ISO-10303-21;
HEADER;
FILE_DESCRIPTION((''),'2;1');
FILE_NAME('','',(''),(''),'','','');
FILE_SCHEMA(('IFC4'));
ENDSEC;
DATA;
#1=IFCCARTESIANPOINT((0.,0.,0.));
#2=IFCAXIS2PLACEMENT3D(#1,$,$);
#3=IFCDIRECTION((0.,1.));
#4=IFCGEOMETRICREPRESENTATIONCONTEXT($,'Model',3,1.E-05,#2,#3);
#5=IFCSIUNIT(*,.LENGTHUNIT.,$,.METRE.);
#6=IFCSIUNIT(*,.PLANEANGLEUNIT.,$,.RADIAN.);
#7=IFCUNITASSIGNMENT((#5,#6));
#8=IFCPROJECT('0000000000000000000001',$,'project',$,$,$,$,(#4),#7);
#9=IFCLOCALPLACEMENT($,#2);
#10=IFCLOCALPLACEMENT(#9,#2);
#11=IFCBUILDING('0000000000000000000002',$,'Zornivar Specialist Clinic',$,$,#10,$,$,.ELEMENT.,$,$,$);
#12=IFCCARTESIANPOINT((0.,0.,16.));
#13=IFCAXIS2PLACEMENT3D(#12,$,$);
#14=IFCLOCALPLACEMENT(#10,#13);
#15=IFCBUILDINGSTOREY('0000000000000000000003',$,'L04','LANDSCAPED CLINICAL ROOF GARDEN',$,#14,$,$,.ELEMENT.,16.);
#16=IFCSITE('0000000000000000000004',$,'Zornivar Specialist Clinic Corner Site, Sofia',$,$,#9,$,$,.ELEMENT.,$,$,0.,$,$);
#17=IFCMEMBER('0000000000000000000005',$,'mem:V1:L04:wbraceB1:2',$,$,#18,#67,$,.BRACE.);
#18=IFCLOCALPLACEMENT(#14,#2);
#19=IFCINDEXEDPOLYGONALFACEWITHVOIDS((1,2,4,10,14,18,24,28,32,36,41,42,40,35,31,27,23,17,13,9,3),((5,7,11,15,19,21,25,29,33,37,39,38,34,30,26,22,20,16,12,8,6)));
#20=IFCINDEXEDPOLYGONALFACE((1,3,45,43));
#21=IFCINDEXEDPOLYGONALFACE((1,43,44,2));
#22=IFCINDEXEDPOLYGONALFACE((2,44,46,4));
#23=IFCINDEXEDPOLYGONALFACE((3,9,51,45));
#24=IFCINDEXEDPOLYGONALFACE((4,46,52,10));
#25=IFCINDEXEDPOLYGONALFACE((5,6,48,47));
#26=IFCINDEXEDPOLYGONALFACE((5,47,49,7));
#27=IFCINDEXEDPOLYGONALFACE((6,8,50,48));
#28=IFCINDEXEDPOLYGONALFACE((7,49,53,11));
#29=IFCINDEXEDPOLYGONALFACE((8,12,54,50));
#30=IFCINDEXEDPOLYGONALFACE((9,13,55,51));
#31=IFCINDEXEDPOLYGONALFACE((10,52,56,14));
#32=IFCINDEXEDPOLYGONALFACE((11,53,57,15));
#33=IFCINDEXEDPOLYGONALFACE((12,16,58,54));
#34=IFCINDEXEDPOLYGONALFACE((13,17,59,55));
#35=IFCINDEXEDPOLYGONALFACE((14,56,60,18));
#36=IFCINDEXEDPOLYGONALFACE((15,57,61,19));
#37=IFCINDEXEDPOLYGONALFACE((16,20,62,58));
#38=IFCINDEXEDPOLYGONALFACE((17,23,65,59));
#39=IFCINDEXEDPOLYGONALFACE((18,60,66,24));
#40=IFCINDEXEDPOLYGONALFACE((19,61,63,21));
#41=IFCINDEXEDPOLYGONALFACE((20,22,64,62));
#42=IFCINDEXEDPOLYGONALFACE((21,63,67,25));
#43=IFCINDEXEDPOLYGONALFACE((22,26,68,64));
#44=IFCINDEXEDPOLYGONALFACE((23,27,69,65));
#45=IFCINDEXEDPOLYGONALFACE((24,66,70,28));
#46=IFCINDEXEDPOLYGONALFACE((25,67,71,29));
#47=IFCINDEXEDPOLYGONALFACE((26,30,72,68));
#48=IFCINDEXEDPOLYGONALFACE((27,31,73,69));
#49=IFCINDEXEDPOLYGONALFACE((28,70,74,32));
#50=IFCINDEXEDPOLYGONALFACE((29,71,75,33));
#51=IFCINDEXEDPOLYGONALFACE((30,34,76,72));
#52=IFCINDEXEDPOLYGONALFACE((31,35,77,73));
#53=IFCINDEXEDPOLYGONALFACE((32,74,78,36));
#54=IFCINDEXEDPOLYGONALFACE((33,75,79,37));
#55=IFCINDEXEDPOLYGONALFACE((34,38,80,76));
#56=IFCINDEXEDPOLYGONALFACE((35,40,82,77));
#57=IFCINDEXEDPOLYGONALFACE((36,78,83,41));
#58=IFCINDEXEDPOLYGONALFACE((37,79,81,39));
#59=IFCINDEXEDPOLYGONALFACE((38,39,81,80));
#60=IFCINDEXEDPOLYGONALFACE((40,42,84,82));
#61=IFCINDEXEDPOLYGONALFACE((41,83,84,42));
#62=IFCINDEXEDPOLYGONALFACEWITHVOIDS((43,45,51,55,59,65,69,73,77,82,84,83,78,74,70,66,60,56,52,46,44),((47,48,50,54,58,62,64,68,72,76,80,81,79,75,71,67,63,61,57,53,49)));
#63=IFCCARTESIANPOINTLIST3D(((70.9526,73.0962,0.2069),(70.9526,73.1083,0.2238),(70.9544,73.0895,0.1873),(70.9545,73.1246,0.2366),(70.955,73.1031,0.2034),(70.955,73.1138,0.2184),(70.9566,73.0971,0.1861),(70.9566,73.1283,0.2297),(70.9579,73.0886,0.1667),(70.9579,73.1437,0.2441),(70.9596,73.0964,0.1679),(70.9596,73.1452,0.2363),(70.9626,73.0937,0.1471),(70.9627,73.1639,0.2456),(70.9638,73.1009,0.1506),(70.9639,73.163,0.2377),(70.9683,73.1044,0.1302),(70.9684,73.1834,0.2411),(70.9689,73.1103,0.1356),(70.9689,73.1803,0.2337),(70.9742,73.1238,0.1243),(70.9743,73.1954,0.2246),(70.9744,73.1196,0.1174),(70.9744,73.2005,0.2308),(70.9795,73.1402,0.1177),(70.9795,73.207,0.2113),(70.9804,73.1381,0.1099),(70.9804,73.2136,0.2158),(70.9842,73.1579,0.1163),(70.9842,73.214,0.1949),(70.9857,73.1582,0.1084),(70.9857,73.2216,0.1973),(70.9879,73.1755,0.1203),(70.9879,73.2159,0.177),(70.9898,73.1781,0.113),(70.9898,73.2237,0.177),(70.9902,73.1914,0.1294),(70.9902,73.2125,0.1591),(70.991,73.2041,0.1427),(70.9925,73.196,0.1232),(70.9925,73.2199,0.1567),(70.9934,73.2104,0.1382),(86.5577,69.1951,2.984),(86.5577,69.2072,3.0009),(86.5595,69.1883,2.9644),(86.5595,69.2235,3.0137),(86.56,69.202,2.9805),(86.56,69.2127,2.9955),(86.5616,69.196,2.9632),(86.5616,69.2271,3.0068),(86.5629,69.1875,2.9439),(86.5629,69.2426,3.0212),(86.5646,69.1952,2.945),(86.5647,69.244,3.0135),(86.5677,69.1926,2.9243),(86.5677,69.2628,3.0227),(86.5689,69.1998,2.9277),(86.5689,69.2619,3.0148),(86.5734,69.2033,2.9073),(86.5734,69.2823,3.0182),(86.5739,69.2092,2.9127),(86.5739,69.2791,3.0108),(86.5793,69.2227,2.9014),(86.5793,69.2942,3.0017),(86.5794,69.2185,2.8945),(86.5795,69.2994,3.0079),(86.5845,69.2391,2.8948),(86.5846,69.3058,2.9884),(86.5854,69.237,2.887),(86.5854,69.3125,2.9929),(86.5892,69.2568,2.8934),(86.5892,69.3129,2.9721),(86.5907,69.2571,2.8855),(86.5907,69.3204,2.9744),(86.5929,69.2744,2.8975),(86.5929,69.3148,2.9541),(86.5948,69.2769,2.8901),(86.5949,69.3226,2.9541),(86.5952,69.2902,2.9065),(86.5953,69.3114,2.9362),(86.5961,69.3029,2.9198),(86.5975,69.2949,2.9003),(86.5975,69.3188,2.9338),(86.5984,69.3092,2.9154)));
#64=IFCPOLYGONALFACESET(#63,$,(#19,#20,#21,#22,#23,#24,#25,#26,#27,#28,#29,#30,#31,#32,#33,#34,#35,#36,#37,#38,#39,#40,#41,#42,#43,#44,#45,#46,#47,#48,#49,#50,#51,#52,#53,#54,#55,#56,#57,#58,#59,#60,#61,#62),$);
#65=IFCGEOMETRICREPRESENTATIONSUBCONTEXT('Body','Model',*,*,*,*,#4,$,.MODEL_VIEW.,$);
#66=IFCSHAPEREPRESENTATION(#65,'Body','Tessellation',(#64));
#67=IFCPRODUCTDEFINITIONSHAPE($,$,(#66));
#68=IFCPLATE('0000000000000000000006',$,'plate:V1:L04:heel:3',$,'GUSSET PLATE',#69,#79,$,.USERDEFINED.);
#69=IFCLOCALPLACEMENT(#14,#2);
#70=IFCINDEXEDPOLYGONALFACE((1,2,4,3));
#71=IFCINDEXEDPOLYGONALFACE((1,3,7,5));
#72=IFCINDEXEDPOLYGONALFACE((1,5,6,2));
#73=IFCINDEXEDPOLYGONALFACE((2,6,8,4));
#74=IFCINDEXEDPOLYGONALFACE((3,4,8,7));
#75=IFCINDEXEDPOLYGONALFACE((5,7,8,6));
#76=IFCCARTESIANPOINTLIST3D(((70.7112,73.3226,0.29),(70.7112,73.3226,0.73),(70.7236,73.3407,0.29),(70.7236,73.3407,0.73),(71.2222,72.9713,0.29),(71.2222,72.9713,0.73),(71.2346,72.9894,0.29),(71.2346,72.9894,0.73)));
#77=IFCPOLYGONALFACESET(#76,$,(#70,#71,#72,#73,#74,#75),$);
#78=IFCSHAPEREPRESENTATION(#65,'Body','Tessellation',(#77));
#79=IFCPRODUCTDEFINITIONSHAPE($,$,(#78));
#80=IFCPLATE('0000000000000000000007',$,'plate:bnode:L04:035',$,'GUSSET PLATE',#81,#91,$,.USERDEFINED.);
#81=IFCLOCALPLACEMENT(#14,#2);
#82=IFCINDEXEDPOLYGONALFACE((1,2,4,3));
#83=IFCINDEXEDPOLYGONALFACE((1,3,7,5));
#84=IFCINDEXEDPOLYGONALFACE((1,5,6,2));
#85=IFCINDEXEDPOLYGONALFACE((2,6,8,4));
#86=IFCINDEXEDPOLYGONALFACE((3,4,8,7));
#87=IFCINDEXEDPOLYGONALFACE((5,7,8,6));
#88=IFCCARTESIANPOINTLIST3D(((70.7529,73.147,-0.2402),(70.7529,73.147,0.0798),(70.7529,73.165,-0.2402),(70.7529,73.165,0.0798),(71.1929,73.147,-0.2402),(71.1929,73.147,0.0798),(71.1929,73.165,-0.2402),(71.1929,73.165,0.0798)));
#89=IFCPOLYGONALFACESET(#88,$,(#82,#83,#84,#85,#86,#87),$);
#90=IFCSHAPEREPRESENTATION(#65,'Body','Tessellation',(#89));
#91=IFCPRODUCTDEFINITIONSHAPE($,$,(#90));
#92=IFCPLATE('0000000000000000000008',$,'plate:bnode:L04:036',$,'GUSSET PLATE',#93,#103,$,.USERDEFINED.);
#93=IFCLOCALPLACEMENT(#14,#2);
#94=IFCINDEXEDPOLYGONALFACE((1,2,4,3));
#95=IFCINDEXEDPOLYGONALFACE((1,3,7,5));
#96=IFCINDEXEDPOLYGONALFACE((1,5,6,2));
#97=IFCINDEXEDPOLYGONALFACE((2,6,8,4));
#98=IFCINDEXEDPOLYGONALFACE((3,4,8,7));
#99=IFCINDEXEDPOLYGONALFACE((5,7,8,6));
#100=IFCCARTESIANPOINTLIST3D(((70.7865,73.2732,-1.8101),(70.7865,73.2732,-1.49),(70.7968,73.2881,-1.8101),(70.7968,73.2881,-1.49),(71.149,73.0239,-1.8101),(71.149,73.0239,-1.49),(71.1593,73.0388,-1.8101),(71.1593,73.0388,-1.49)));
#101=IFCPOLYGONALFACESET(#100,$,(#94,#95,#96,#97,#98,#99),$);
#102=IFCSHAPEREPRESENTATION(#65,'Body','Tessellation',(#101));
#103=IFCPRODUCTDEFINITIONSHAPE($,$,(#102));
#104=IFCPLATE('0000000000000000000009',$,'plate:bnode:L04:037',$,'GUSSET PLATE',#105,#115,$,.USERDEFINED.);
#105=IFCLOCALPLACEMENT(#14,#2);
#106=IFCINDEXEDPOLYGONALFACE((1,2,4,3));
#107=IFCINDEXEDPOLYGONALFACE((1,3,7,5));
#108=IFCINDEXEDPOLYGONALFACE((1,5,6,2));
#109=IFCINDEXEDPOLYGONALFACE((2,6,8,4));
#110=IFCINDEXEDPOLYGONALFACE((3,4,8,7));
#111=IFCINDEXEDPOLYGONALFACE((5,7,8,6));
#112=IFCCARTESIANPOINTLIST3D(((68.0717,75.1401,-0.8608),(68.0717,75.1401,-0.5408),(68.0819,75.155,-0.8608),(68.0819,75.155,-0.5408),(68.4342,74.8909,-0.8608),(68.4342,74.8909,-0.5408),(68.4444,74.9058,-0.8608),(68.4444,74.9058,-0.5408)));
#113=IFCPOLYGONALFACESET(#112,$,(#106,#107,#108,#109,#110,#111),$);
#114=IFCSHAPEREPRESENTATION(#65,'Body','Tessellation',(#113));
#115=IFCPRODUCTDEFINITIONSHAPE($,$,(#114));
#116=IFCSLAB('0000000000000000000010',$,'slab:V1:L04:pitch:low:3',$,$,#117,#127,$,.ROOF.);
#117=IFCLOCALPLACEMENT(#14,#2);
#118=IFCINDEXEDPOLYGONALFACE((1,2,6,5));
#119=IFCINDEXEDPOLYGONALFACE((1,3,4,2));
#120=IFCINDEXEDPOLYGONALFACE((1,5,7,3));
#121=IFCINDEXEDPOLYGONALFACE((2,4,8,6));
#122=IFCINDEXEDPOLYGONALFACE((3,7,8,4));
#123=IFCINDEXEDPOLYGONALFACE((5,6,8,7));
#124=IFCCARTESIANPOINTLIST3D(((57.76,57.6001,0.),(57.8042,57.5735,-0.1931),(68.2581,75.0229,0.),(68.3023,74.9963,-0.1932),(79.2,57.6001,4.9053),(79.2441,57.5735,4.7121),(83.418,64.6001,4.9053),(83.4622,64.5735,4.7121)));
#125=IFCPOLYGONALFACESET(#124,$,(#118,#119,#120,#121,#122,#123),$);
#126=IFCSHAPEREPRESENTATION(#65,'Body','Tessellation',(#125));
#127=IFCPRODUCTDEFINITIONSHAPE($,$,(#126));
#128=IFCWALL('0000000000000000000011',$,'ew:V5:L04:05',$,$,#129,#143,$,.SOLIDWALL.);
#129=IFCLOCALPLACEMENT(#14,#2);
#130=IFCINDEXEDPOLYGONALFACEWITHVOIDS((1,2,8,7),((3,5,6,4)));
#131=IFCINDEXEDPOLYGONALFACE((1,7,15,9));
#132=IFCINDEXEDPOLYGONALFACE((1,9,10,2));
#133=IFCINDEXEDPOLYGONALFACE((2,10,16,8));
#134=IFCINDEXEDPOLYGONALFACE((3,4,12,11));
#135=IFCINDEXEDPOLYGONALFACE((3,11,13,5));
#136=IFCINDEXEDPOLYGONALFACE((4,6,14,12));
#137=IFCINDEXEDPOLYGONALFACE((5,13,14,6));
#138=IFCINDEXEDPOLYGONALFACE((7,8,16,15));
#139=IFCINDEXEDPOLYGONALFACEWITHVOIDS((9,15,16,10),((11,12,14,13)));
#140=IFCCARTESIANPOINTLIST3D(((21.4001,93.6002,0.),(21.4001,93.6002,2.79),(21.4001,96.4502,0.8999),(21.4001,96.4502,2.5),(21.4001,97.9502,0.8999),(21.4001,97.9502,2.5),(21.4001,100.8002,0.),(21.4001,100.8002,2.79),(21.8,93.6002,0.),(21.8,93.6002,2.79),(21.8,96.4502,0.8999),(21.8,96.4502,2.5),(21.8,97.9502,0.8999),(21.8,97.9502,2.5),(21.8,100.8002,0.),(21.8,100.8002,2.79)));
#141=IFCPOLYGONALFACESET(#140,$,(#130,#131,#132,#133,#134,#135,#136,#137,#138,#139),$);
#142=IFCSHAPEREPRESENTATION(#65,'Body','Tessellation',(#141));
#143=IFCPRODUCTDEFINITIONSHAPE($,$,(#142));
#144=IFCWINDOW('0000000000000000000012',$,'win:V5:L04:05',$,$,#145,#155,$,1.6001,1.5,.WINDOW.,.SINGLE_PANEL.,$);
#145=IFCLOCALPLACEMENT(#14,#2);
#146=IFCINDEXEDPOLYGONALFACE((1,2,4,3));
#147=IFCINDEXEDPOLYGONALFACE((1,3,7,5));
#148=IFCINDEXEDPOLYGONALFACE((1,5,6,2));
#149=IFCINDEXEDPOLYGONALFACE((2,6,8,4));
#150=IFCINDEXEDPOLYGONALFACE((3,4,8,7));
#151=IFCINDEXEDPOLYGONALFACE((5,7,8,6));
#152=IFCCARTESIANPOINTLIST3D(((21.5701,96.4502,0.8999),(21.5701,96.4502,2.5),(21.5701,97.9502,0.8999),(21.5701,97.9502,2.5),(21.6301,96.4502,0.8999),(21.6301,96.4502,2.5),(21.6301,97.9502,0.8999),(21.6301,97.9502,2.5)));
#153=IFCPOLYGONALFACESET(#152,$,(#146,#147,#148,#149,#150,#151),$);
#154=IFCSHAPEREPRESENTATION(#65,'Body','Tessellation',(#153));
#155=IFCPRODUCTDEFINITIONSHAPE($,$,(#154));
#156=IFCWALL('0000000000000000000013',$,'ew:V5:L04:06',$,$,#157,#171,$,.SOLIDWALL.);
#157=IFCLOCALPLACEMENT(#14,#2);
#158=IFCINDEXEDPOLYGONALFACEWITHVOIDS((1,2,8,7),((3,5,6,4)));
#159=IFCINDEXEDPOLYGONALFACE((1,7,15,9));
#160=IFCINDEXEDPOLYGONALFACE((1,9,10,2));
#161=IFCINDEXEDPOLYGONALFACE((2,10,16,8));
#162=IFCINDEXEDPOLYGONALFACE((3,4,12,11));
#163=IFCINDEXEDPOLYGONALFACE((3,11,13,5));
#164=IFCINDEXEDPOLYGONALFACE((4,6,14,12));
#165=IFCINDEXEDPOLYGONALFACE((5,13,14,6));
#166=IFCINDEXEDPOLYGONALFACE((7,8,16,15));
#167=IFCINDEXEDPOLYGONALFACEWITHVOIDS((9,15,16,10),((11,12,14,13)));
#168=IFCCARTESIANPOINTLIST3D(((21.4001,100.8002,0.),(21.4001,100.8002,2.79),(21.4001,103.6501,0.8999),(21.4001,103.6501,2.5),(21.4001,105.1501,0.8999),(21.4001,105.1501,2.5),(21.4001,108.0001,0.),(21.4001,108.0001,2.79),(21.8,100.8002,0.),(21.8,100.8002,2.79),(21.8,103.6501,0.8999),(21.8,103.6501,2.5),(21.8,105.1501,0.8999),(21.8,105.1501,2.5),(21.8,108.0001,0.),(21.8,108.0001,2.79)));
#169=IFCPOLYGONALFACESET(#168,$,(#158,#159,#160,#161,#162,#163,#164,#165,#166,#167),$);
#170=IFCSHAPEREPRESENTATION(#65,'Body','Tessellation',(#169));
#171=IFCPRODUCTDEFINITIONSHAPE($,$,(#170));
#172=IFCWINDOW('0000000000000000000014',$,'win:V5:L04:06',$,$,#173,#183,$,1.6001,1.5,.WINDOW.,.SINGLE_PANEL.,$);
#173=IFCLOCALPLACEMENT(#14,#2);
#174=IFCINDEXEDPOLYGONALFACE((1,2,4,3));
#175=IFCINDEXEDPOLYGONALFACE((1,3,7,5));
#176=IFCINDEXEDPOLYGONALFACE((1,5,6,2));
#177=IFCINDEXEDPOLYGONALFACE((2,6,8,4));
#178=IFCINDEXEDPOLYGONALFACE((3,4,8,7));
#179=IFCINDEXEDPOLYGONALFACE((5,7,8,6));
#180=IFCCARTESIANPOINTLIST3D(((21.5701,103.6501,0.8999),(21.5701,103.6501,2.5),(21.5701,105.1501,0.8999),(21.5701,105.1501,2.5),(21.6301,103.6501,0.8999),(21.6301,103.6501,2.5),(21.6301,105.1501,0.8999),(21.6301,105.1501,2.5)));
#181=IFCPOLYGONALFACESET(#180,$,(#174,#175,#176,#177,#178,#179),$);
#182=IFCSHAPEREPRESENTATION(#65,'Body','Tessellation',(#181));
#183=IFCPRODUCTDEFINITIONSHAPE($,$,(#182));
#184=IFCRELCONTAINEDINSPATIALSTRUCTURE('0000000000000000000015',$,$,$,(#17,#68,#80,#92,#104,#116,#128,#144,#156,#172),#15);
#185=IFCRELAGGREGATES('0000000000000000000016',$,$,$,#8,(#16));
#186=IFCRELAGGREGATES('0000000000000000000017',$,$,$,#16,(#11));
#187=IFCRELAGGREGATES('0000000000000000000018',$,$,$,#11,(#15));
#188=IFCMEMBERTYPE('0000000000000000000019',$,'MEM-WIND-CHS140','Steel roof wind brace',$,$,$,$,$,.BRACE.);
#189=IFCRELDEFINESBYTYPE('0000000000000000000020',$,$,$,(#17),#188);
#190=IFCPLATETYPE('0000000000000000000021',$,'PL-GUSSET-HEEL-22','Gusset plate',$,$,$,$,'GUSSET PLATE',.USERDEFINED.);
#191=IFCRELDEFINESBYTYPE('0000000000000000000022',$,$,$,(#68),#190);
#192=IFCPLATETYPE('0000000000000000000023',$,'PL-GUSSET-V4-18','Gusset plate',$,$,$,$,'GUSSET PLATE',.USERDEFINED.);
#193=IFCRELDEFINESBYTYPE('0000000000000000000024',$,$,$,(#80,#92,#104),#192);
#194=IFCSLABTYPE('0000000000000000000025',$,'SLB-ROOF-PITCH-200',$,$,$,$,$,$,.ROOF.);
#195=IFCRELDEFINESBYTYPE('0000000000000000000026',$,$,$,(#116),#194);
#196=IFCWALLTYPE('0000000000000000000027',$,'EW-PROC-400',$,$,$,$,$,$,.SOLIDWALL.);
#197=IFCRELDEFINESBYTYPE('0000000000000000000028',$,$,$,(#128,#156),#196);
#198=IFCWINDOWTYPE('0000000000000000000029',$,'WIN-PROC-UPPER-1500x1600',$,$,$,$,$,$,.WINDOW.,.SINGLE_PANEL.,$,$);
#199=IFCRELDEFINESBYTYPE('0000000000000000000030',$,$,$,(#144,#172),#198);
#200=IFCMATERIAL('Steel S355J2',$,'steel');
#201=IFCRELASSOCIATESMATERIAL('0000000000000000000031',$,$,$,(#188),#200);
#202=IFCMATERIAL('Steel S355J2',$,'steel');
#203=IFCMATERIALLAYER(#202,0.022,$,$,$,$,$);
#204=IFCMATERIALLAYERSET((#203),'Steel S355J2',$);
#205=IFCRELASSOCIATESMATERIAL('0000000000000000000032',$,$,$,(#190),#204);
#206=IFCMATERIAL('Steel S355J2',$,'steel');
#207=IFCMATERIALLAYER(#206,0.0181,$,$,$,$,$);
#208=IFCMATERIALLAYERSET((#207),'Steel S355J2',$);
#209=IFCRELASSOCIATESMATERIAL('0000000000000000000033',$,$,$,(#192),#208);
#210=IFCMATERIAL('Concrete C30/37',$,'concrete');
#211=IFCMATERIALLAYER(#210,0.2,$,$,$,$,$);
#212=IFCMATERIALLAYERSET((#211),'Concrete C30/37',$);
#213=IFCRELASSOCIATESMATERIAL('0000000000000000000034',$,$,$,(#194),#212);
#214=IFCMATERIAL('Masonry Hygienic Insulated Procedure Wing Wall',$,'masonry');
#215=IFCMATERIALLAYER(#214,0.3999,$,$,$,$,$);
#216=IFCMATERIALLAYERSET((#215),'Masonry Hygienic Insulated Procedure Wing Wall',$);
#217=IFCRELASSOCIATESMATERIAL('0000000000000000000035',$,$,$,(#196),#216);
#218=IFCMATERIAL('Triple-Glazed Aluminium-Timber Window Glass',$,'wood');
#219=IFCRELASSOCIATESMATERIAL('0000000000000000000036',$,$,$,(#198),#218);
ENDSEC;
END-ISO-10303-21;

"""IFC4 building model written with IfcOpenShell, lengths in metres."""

from ifc_helpers import new_model, si_unit, direction, frame, frame_2d, origin, origin_2d, place, context, subcontext, project, spatial, polyline, rectangle, hollow_circle, outline, extrude, material, layer, layer_set, material_profile, profile_set, type_object, element, fill, save


model = new_model("IFC4")

# Units and contexts
model_context = context("Model", 3, precision=1e-05, world=origin(), true_north=direction((0.0, 1.0)))
body_context = subcontext(model_context, "Body", "Model", "MODEL_VIEW")
ifc_project = project(units=[si_unit("LENGTHUNIT", "METRE"), si_unit("PLANEANGLEUNIT", "RADIAN")], contexts=[model_context])

# Site, building, storey
site_placement = place(None, origin())
site = spatial("IfcSite", under=ifc_project, at=site_placement, Name="Zornivar Specialist Clinic Corner Site, Sofia", CompositionType="ELEMENT", RefElevation=0.0)
building_placement = place(site_placement, origin())
building = spatial("IfcBuilding", under=site, at=building_placement, Name="Zornivar Specialist Clinic", CompositionType="ELEMENT")
storey_placement = place(building_placement, frame((0.0, 0.0, 16.0)))
storey = spatial("IfcBuildingStorey", under=building, at=storey_placement, Name="L04", Description="LANDSCAPED CLINICAL ROOF GARDEN", CompositionType="ELEMENT", Elevation=16.0)

# Member
ifc_material_1 = material(Name="Steel S355J2", Category="steel")
ifc_material_profile_1 = material_profile(ifc_material_1, hollow_circle(Radius=0.0698, WallThickness=0.0081, at=origin_2d()), Name="CHS 139.7x8")
ifc_profile_set_1 = profile_set([ifc_material_profile_1], Name="Steel S355J2")
member_type_1 = type_object("IfcMemberType", Name="MEM-WIND-CHS140", Description="Steel roof wind brace", PredefinedType="BRACE", material=ifc_profile_set_1)
member_1_placement = place(storey_placement, frame((70.9729, 73.156, 0.177), z_axis=(0.956001, -0.238993, 0.170132), x_axis=(0.242528, 0.970144, 0.0)))
element("IfcMember", 1, at=member_1_placement, inside=storey, type_object=member_type_1, Name="mem:V1:L04:wbraceB1:2", PredefinedType="BRACE", context=body_context, shape_type="SweptSolid", body=[
    extrude(hollow_circle(Radius=0.0698, WallThickness=0.0081, at=origin_2d()), origin(), (0.0, 0.0, 1.0), 16.3232),
])

# Plates
ifc_material_2 = material(Name="Steel S355J2", Category="steel")
ifc_layer_1 = layer(ifc_material_2, 0.022)
ifc_layer_set_1 = layer_set([ifc_layer_1], Name="Steel S355J2")
plate_type_1 = type_object("IfcPlateType", Name="PL-GUSSET-HEEL-22", Description="Gusset plate", ElementType="GUSSET PLATE", PredefinedType="USERDEFINED", material=ifc_layer_set_1)
plate_placement = place(storey_placement, frame((70.9729, 73.156, 0.29), z_axis=(0.0, 0.0, 1.0), x_axis=(-0.824043, 0.566527, 0.0)))
element("IfcPlate", 2, at=plate_placement, inside=storey, type_object=plate_type_1, Name="plate:V1:L04:heel:3", ObjectType="GUSSET PLATE", PredefinedType="USERDEFINED", context=body_context, shape_type="SweptSolid", body=[
    extrude(rectangle(XDim=0.6201, YDim=0.022, at=origin_2d()), origin(), (0.0, 0.0, 1.0), 0.4399),
])
ifc_material_3 = material(Name="Steel S355J2", Category="steel")
ifc_layer_2 = layer(ifc_material_3, 0.0181)
ifc_layer_set_2 = layer_set([ifc_layer_2], Name="Steel S355J2")
plate_type_2 = type_object("IfcPlateType", Name="PL-GUSSET-V4-18", Description="Gusset plate", ElementType="GUSSET PLATE", PredefinedType="USERDEFINED", material=ifc_layer_set_2)
for number, where, z_axis, x_axis, name in (
    (3, (70.9729, 73.156, -0.2402), (0.0, 0.0, 1.0), (1.0, 0.0, 0.0), "plate:bnode:L04:035"),
    (4, (70.9729, 73.156, -1.8101), (0.0, 0.0, 1.0), (-0.824027, 0.56655, 0.0), "plate:bnode:L04:036"),
    (5, (68.2581, 75.0229, -0.8608), (0.0, 0.0, 1.0), (-0.824027, 0.56655, 0.0), "plate:bnode:L04:037"),
):
    element("IfcPlate", number, at=place(storey_placement, frame(where, z_axis=z_axis, x_axis=x_axis)), inside=storey, type_object=plate_type_2, Name=name, ObjectType="GUSSET PLATE", PredefinedType="USERDEFINED", context=body_context, shape_type="SweptSolid", body=[
        extrude(rectangle(XDim=0.4399, YDim=0.0181, at=origin_2d()), origin(), (0.0, 0.0, 1.0), 0.3201),
    ])

# Slab
ifc_material_4 = material(Name="Concrete C30/37", Category="concrete")
ifc_layer_3 = layer(ifc_material_4, 0.2)
ifc_layer_set_3 = layer_set([ifc_layer_3], Name="Concrete C30/37")
slab_type = type_object("IfcSlabType", Name="SLB-ROOF-PITCH-200", PredefinedType="ROOF", material=ifc_layer_set_3)
slab_placement = place(storey_placement, frame((68.2581, 75.0229, 0.0), z_axis=(-0.22104, 0.133188, 0.966127), x_axis=(-0.516098, -0.85653, 0.000002)))
element("IfcSlab", 6, at=slab_placement, inside=storey, type_object=slab_type, Name="slab:V1:L04:pitch:low:3", PredefinedType="ROOF", context=body_context, shape_type="SweptSolid", body=[
    extrude(outline(polyline([(0.0, 0.0), (20.3412, 0.0), (9.2761, 19.0078), (1.1035, 19.008), (0.0, 0.0)])), origin(), (0.0, 0.0, -1.0), 0.2),
])

# Walls, openings, windows
ifc_material_5 = material(Name="Masonry Hygienic Insulated Procedure Wing Wall", Category="masonry")
ifc_layer_4 = layer(ifc_material_5, 0.3999)
ifc_layer_set_4 = layer_set([ifc_layer_4], Name="Masonry Hygienic Insulated Procedure Wing Wall")
wall_type = type_object("IfcWallType", Name="EW-PROC-400", PredefinedType="SOLIDWALL", material=ifc_layer_set_4)
wall_1_placement = place(storey_placement, frame((21.6001, 93.6001, 0.0), z_axis=(0.0, 0.0, 1.0), x_axis=(0.0, 1.0, 0.0)))
wall_1 = element("IfcWall", 7, at=wall_1_placement, inside=storey, type_object=wall_type, Name="ew:V5:L04:05", PredefinedType="SOLIDWALL", context=body_context, shape_type="SweptSolid", body=[
    extrude(rectangle(XDim=7.2, YDim=0.3999, at=frame_2d((3.6001, 0.0))), origin(), (0.0, 0.0, 1.0), 2.79),
])
opening_1_placement = place(wall_1_placement, frame((2.8501, 0.0, 0.8999)))
opening_1 = element("IfcOpeningElement", 8, at=opening_1_placement, cuts=wall_1, PredefinedType="OPENING", context=body_context, shape_type="SweptSolid", body=[
    extrude(rectangle(XDim=1.5, YDim=1.6001, at=frame_2d((0.75, 0.8))), frame((0.0, 0.21, 0.0), z_axis=(0.0, -1.0, 0.0), x_axis=(1.0, 0.0, 0.0)), (0.0, 0.0, 1.0), 0.4199),
])
ifc_material_6 = material(Name="Triple-Glazed Aluminium-Timber Window Glass", Category="wood")
window_type = type_object("IfcWindowType", Name="WIN-PROC-UPPER-1500x1600", PartitioningType="SINGLE_PANEL", PredefinedType="WINDOW", material=ifc_material_6)
window_1_placement = place(opening_1_placement, origin())
window_1 = element("IfcWindow", 9, at=window_1_placement, inside=storey, type_object=window_type, Name="win:V5:L04:05", OverallHeight=1.6001, OverallWidth=1.5, PartitioningType="SINGLE_PANEL", PredefinedType="WINDOW", context=body_context, shape_type="SweptSolid", body=[
    extrude(rectangle(XDim=1.5, YDim=1.6001, at=frame_2d((0.75, 0.8))), frame((0.0, 0.03, 0.0), z_axis=(0.0, -1.0, 0.0), x_axis=(1.0, 0.0, 0.0)), (0.0, 0.0, 1.0), 0.0601),
])
fill(opening_1, window_1)
wall_2_placement = place(storey_placement, frame((21.6001, 100.8, 0.0), z_axis=(0.0, 0.0, 1.0), x_axis=(0.0, 1.0, 0.0)))
wall_2 = element("IfcWall", 10, at=wall_2_placement, inside=storey, type_object=wall_type, Name="ew:V5:L04:06", PredefinedType="SOLIDWALL", context=body_context, shape_type="SweptSolid", body=[
    extrude(rectangle(XDim=7.2, YDim=0.3999, at=frame_2d((3.6001, 0.0))), origin(), (0.0, 0.0, 1.0), 2.79),
])
opening_2_placement = place(wall_2_placement, frame((2.8501, 0.0, 0.8999)))
opening_2 = element("IfcOpeningElement", 11, at=opening_2_placement, cuts=wall_2, PredefinedType="OPENING", context=body_context, shape_type="SweptSolid", body=[
    extrude(rectangle(XDim=1.5, YDim=1.6001, at=frame_2d((0.75, 0.8))), frame((0.0, 0.21, 0.0), z_axis=(0.0, -1.0, 0.0), x_axis=(1.0, 0.0, 0.0)), (0.0, 0.0, 1.0), 0.4199),
])
window_2_placement = place(opening_2_placement, origin())
window_2 = element("IfcWindow", 12, at=window_2_placement, inside=storey, type_object=window_type, Name="win:V5:L04:06", OverallHeight=1.6001, OverallWidth=1.5, PartitioningType="SINGLE_PANEL", PredefinedType="WINDOW", context=body_context, shape_type="SweptSolid", body=[
    extrude(rectangle(XDim=1.5, YDim=1.6001, at=frame_2d((0.75, 0.8))), frame((0.0, 0.03, 0.0), z_axis=(0.0, -1.0, 0.0), x_axis=(1.0, 0.0, 0.0)), (0.0, 0.0, 1.0), 0.0601),
])
fill(opening_2, window_2)

save(model, "model.ifc")
